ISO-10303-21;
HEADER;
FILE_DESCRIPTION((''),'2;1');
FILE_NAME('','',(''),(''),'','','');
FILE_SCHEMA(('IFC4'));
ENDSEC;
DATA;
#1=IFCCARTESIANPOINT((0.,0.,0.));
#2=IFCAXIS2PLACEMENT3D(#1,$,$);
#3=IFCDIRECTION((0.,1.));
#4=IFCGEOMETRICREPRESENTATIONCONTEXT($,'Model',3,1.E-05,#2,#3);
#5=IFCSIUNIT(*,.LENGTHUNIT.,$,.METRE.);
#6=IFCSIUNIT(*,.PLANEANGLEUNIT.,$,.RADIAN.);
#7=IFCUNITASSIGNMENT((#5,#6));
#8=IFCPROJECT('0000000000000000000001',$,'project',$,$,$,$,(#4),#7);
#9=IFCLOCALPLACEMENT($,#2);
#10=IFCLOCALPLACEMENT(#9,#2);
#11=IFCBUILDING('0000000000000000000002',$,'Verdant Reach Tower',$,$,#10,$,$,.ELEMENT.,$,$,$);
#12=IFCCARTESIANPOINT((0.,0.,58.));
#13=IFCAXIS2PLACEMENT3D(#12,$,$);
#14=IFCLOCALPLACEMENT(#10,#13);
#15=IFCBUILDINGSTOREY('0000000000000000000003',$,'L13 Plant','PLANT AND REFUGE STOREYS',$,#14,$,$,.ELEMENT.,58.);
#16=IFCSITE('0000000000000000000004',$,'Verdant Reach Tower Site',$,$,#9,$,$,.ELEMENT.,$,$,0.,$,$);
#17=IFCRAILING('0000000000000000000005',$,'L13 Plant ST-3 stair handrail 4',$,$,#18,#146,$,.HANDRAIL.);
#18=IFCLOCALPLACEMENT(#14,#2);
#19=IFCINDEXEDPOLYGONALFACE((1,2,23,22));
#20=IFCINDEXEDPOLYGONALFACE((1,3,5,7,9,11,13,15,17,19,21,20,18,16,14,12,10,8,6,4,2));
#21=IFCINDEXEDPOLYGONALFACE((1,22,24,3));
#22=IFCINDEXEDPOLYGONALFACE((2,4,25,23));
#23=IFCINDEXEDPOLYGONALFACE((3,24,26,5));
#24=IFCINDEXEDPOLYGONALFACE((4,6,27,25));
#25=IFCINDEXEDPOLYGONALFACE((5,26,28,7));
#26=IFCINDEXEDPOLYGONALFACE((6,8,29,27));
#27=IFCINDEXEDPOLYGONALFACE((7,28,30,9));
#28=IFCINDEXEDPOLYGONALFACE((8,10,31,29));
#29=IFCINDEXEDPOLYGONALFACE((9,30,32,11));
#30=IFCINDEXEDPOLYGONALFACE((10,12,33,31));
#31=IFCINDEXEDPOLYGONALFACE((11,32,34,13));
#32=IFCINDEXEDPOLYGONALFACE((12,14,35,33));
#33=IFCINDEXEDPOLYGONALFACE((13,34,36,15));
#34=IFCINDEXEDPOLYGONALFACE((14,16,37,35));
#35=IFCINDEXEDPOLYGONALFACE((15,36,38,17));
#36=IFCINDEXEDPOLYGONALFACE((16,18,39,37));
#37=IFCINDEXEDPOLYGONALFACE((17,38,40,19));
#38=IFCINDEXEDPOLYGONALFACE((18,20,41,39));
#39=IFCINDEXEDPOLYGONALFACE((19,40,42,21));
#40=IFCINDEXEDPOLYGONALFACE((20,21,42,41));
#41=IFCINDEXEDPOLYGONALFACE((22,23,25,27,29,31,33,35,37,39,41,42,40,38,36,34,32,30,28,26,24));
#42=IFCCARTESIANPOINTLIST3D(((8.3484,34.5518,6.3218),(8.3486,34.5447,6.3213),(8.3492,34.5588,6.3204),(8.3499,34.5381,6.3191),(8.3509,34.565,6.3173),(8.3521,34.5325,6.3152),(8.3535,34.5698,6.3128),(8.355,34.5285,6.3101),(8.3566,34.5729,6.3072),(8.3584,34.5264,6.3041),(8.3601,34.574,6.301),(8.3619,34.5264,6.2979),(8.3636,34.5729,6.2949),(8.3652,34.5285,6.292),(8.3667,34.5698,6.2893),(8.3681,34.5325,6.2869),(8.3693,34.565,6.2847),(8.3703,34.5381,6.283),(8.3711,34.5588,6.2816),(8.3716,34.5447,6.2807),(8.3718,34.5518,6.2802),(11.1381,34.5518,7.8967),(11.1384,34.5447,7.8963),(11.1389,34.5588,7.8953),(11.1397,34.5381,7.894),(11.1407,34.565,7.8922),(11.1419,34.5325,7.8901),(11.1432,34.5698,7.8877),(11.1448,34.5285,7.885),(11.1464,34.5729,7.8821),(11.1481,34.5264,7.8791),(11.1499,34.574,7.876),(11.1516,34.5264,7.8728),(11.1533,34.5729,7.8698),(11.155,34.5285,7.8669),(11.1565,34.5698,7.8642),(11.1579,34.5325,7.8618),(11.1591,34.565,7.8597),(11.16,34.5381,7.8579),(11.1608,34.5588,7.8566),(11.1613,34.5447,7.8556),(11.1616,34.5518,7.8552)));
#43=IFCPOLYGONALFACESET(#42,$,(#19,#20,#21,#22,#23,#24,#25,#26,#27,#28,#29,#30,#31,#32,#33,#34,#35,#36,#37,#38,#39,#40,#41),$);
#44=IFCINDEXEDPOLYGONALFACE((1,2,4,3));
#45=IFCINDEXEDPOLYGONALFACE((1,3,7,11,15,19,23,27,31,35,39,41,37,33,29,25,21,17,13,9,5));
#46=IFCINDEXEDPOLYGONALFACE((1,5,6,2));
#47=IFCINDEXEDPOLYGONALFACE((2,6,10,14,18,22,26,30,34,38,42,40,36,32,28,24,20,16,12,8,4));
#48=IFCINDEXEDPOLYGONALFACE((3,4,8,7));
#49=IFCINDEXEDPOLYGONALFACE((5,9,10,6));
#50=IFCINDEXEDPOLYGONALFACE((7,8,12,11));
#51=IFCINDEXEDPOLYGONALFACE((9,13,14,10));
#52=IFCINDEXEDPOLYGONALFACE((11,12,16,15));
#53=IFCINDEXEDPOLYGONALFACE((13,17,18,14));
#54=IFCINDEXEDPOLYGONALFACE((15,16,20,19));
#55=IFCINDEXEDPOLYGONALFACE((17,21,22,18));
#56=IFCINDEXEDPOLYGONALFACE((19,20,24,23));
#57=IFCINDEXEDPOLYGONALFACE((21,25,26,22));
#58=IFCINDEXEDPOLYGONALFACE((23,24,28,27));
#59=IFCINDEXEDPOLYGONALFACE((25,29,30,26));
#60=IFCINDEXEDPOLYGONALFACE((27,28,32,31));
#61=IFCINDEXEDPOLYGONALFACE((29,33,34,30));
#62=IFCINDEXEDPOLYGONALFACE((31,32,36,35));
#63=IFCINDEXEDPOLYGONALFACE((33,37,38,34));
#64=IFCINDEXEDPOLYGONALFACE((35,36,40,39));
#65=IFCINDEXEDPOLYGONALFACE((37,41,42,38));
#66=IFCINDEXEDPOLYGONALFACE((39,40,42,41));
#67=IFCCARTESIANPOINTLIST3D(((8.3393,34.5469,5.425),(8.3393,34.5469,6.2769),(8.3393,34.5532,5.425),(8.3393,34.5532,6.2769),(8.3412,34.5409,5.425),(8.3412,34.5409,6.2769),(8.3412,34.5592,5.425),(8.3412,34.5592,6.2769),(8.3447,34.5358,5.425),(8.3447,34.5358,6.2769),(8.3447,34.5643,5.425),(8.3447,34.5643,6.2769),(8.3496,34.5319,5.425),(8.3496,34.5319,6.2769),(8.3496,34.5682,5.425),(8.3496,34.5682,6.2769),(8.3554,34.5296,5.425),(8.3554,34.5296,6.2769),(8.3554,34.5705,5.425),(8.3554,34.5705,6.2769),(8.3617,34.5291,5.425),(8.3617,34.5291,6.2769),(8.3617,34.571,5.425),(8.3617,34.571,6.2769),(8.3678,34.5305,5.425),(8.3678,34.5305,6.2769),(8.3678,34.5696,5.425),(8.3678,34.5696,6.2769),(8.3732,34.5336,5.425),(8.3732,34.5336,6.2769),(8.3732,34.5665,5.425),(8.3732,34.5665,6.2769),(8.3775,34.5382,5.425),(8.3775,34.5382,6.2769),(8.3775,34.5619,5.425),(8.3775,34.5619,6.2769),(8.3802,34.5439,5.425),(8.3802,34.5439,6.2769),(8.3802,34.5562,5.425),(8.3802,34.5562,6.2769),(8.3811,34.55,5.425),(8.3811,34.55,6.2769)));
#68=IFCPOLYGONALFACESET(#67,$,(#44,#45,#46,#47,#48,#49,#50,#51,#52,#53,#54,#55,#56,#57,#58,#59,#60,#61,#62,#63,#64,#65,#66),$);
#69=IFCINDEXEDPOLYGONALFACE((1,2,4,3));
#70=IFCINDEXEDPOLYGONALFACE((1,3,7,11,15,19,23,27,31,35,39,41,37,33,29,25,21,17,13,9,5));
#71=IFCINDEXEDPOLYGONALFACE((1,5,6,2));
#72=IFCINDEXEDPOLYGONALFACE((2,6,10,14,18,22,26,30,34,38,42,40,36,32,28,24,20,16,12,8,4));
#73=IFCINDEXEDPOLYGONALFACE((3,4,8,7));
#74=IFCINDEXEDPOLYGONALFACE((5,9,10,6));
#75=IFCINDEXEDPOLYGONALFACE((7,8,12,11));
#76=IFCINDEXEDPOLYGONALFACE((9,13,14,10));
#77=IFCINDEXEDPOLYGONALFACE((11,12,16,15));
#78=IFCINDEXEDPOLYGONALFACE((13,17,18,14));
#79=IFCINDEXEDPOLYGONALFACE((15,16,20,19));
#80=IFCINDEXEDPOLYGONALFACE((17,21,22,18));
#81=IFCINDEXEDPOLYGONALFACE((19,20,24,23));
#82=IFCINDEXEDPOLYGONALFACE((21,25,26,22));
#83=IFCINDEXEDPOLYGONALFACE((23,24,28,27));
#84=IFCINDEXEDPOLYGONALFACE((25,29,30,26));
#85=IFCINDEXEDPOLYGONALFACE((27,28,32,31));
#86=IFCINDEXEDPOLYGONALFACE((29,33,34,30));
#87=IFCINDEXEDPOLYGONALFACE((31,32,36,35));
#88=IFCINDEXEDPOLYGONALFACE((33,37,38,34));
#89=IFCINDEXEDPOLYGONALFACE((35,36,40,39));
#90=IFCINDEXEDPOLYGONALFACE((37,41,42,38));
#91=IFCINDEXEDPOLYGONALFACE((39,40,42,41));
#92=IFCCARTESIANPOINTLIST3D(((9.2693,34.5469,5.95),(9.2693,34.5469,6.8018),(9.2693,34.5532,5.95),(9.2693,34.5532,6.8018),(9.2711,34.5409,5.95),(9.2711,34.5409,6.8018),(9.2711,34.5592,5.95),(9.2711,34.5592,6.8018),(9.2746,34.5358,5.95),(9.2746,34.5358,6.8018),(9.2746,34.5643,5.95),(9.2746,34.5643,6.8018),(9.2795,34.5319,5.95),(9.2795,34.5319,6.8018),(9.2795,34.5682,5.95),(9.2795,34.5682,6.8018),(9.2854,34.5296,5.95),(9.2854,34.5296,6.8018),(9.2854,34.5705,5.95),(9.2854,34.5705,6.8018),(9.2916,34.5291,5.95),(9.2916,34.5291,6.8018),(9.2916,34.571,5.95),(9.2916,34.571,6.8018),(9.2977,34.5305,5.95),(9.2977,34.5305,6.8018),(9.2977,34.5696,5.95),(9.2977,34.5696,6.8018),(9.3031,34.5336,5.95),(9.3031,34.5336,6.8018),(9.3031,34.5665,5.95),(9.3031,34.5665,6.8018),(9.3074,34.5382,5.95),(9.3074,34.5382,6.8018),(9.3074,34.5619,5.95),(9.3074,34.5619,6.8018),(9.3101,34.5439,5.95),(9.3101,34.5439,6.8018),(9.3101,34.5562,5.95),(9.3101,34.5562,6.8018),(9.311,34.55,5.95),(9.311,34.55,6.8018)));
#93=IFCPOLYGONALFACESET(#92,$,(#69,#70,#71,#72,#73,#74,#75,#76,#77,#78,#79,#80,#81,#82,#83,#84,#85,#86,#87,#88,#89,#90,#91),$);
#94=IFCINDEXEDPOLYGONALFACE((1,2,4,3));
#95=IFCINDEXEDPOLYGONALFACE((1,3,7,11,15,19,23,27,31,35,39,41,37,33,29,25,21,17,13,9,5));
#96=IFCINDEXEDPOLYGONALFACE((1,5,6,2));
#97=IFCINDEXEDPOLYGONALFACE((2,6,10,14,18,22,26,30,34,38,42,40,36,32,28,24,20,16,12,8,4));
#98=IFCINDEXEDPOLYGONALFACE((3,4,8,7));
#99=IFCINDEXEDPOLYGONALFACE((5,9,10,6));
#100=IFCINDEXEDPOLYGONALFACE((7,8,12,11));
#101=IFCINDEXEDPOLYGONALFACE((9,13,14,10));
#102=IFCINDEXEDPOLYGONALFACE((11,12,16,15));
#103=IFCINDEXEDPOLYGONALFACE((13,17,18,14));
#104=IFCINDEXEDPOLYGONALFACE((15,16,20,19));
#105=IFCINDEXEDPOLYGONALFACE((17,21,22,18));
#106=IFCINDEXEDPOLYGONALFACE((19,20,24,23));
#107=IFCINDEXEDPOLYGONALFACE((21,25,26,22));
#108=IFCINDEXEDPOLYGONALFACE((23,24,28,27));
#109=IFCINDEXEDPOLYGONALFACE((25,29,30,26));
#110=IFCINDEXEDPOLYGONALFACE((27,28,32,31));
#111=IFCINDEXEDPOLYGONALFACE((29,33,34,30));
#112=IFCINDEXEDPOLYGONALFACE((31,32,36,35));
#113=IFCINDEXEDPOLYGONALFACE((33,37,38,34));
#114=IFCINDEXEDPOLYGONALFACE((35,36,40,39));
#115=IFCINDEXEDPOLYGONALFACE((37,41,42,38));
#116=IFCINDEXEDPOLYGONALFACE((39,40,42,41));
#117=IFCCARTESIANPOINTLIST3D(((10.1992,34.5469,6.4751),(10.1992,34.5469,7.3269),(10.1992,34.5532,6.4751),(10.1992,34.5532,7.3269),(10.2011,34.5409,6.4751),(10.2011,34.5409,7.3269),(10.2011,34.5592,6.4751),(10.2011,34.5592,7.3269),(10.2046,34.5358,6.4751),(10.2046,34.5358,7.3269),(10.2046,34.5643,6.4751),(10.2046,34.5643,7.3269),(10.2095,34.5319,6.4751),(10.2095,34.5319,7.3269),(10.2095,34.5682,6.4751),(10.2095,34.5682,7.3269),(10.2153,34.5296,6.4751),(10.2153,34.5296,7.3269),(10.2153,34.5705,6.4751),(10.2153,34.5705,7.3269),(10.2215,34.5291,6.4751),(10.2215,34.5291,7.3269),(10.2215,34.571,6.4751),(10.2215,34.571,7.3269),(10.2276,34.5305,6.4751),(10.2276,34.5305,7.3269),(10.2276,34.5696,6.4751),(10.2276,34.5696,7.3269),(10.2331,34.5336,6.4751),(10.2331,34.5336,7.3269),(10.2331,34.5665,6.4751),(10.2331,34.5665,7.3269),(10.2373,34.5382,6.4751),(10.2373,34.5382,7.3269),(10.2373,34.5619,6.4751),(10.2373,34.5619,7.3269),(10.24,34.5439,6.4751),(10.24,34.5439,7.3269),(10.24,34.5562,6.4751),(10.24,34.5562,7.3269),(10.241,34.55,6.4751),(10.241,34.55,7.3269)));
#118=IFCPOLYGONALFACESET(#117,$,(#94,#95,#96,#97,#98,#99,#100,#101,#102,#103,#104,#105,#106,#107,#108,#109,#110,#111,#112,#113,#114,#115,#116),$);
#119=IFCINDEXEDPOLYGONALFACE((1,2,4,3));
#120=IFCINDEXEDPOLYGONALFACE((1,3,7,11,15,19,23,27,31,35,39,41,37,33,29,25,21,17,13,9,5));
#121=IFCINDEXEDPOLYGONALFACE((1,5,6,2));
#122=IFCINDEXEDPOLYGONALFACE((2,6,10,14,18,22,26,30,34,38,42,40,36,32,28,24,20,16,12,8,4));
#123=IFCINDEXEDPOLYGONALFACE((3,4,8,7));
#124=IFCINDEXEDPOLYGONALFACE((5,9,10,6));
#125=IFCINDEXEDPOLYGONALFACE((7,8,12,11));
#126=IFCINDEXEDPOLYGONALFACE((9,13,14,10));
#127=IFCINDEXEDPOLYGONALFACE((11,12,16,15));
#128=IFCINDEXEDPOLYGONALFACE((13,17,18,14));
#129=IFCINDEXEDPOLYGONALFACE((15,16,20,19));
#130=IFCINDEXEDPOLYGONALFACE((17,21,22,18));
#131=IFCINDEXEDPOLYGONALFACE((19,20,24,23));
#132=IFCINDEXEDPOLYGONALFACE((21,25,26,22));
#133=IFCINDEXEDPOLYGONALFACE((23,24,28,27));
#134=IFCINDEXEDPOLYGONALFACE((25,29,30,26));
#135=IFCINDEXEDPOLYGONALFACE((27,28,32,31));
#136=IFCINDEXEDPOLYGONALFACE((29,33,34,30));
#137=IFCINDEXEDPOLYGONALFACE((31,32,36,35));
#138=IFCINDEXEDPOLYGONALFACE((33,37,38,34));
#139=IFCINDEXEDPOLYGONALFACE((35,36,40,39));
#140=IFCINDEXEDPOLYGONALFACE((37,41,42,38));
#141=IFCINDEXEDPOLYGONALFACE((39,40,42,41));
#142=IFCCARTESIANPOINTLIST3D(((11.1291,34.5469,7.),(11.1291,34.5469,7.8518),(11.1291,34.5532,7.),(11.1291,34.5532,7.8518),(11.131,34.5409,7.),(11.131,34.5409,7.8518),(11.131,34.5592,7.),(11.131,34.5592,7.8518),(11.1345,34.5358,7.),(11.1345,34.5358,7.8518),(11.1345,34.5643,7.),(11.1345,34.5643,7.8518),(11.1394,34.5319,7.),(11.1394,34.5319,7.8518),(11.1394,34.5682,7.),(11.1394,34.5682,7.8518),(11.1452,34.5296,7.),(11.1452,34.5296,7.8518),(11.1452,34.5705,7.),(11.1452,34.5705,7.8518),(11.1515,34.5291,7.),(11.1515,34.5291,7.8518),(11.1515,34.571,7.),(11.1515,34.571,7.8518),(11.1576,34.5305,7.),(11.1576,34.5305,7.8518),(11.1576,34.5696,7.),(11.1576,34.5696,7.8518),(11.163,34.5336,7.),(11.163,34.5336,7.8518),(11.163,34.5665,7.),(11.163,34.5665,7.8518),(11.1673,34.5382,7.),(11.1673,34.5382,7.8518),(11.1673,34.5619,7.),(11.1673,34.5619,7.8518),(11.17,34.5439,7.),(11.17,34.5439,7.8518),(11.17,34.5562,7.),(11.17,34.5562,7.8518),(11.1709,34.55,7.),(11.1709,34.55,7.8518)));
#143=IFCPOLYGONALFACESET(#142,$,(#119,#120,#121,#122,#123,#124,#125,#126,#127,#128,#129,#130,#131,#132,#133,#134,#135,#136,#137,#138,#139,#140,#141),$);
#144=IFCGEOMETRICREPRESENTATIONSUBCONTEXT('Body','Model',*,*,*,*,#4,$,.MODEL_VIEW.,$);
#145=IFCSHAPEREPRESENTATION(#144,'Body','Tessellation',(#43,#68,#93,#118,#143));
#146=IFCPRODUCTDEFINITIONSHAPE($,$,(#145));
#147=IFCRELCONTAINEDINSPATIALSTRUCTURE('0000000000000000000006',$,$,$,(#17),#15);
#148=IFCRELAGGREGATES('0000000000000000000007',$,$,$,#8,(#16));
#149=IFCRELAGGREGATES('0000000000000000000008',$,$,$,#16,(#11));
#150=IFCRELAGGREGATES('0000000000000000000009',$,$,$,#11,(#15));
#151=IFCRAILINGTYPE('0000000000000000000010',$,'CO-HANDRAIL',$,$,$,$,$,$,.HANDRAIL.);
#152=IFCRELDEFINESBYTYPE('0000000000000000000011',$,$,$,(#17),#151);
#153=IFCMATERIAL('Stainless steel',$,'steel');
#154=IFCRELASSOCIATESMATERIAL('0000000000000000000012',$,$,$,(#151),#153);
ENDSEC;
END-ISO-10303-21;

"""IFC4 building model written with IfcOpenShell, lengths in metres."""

from ifc_helpers import new_model, si_unit, direction, frame, origin, origin_2d, place, context, subcontext, project, spatial, circle, extrude, material, type_object, element, save


model = new_model("IFC4")

# Units and contexts
model_context = context("Model", 3, precision=1e-05, world=origin(), true_north=direction((0.0, 1.0)))
body_context = subcontext(model_context, "Body", "Model", "MODEL_VIEW")
ifc_project = project(units=[si_unit("LENGTHUNIT", "METRE"), si_unit("PLANEANGLEUNIT", "RADIAN")], contexts=[model_context])

# Site, building, storey
site_placement = place(None, origin())
site = spatial("IfcSite", under=ifc_project, at=site_placement, Name="Verdant Reach Tower Site", CompositionType="ELEMENT", RefElevation=0.0)
building_placement = place(site_placement, origin())
building = spatial("IfcBuilding", under=site, at=building_placement, Name="Verdant Reach Tower", CompositionType="ELEMENT")
storey_placement = place(building_placement, frame((0.0, 0.0, 58.0)))
storey = spatial("IfcBuildingStorey", under=building, at=storey_placement, Name="L13 Plant", Description="PLANT AND REFUGE STOREYS", CompositionType="ELEMENT", Elevation=58.0)

# Railing
ifc_material_1 = material(Name="Stainless steel", Category="steel")
railing_type_1 = type_object("IfcRailingType", Name="CO-HANDRAIL", PredefinedType="HANDRAIL", material=ifc_material_1)
railing_1_placement = place(storey_placement, frame((8.3601, 34.55, 5.425)))
element("IfcRailing", 1, at=railing_1_placement, inside=storey, type_object=railing_type_1, Name="L13 Plant ST-3 stair handrail 4", PredefinedType="HANDRAIL", context=body_context, shape_type="SweptSolid", body=[
    extrude(circle(Radius=0.0239, at=origin_2d()), frame((0.0, 0.0, 0.876), z_axis=(0.870815, 0.0, 0.49161), x_axis=(0.0, 1.0, 0.0)), (0.0, 0.0, 1.0), 3.2036),
    extrude(circle(Radius=0.021, at=origin_2d()), origin(), (0.0, 0.0, 1.0), 0.8518),
    extrude(circle(Radius=0.021, at=origin_2d()), frame((0.9299, 0.0, 0.5249)), (0.0, 0.0, 1.0), 0.8518),
    extrude(circle(Radius=0.021, at=origin_2d()), frame((1.8599, 0.0, 1.05)), (0.0, 0.0, 1.0), 0.8518),
    extrude(circle(Radius=0.021, at=origin_2d()), frame((2.7898, 0.0, 1.575)), (0.0, 0.0, 1.0), 0.8518),
])

save(model, "model.ifc")
